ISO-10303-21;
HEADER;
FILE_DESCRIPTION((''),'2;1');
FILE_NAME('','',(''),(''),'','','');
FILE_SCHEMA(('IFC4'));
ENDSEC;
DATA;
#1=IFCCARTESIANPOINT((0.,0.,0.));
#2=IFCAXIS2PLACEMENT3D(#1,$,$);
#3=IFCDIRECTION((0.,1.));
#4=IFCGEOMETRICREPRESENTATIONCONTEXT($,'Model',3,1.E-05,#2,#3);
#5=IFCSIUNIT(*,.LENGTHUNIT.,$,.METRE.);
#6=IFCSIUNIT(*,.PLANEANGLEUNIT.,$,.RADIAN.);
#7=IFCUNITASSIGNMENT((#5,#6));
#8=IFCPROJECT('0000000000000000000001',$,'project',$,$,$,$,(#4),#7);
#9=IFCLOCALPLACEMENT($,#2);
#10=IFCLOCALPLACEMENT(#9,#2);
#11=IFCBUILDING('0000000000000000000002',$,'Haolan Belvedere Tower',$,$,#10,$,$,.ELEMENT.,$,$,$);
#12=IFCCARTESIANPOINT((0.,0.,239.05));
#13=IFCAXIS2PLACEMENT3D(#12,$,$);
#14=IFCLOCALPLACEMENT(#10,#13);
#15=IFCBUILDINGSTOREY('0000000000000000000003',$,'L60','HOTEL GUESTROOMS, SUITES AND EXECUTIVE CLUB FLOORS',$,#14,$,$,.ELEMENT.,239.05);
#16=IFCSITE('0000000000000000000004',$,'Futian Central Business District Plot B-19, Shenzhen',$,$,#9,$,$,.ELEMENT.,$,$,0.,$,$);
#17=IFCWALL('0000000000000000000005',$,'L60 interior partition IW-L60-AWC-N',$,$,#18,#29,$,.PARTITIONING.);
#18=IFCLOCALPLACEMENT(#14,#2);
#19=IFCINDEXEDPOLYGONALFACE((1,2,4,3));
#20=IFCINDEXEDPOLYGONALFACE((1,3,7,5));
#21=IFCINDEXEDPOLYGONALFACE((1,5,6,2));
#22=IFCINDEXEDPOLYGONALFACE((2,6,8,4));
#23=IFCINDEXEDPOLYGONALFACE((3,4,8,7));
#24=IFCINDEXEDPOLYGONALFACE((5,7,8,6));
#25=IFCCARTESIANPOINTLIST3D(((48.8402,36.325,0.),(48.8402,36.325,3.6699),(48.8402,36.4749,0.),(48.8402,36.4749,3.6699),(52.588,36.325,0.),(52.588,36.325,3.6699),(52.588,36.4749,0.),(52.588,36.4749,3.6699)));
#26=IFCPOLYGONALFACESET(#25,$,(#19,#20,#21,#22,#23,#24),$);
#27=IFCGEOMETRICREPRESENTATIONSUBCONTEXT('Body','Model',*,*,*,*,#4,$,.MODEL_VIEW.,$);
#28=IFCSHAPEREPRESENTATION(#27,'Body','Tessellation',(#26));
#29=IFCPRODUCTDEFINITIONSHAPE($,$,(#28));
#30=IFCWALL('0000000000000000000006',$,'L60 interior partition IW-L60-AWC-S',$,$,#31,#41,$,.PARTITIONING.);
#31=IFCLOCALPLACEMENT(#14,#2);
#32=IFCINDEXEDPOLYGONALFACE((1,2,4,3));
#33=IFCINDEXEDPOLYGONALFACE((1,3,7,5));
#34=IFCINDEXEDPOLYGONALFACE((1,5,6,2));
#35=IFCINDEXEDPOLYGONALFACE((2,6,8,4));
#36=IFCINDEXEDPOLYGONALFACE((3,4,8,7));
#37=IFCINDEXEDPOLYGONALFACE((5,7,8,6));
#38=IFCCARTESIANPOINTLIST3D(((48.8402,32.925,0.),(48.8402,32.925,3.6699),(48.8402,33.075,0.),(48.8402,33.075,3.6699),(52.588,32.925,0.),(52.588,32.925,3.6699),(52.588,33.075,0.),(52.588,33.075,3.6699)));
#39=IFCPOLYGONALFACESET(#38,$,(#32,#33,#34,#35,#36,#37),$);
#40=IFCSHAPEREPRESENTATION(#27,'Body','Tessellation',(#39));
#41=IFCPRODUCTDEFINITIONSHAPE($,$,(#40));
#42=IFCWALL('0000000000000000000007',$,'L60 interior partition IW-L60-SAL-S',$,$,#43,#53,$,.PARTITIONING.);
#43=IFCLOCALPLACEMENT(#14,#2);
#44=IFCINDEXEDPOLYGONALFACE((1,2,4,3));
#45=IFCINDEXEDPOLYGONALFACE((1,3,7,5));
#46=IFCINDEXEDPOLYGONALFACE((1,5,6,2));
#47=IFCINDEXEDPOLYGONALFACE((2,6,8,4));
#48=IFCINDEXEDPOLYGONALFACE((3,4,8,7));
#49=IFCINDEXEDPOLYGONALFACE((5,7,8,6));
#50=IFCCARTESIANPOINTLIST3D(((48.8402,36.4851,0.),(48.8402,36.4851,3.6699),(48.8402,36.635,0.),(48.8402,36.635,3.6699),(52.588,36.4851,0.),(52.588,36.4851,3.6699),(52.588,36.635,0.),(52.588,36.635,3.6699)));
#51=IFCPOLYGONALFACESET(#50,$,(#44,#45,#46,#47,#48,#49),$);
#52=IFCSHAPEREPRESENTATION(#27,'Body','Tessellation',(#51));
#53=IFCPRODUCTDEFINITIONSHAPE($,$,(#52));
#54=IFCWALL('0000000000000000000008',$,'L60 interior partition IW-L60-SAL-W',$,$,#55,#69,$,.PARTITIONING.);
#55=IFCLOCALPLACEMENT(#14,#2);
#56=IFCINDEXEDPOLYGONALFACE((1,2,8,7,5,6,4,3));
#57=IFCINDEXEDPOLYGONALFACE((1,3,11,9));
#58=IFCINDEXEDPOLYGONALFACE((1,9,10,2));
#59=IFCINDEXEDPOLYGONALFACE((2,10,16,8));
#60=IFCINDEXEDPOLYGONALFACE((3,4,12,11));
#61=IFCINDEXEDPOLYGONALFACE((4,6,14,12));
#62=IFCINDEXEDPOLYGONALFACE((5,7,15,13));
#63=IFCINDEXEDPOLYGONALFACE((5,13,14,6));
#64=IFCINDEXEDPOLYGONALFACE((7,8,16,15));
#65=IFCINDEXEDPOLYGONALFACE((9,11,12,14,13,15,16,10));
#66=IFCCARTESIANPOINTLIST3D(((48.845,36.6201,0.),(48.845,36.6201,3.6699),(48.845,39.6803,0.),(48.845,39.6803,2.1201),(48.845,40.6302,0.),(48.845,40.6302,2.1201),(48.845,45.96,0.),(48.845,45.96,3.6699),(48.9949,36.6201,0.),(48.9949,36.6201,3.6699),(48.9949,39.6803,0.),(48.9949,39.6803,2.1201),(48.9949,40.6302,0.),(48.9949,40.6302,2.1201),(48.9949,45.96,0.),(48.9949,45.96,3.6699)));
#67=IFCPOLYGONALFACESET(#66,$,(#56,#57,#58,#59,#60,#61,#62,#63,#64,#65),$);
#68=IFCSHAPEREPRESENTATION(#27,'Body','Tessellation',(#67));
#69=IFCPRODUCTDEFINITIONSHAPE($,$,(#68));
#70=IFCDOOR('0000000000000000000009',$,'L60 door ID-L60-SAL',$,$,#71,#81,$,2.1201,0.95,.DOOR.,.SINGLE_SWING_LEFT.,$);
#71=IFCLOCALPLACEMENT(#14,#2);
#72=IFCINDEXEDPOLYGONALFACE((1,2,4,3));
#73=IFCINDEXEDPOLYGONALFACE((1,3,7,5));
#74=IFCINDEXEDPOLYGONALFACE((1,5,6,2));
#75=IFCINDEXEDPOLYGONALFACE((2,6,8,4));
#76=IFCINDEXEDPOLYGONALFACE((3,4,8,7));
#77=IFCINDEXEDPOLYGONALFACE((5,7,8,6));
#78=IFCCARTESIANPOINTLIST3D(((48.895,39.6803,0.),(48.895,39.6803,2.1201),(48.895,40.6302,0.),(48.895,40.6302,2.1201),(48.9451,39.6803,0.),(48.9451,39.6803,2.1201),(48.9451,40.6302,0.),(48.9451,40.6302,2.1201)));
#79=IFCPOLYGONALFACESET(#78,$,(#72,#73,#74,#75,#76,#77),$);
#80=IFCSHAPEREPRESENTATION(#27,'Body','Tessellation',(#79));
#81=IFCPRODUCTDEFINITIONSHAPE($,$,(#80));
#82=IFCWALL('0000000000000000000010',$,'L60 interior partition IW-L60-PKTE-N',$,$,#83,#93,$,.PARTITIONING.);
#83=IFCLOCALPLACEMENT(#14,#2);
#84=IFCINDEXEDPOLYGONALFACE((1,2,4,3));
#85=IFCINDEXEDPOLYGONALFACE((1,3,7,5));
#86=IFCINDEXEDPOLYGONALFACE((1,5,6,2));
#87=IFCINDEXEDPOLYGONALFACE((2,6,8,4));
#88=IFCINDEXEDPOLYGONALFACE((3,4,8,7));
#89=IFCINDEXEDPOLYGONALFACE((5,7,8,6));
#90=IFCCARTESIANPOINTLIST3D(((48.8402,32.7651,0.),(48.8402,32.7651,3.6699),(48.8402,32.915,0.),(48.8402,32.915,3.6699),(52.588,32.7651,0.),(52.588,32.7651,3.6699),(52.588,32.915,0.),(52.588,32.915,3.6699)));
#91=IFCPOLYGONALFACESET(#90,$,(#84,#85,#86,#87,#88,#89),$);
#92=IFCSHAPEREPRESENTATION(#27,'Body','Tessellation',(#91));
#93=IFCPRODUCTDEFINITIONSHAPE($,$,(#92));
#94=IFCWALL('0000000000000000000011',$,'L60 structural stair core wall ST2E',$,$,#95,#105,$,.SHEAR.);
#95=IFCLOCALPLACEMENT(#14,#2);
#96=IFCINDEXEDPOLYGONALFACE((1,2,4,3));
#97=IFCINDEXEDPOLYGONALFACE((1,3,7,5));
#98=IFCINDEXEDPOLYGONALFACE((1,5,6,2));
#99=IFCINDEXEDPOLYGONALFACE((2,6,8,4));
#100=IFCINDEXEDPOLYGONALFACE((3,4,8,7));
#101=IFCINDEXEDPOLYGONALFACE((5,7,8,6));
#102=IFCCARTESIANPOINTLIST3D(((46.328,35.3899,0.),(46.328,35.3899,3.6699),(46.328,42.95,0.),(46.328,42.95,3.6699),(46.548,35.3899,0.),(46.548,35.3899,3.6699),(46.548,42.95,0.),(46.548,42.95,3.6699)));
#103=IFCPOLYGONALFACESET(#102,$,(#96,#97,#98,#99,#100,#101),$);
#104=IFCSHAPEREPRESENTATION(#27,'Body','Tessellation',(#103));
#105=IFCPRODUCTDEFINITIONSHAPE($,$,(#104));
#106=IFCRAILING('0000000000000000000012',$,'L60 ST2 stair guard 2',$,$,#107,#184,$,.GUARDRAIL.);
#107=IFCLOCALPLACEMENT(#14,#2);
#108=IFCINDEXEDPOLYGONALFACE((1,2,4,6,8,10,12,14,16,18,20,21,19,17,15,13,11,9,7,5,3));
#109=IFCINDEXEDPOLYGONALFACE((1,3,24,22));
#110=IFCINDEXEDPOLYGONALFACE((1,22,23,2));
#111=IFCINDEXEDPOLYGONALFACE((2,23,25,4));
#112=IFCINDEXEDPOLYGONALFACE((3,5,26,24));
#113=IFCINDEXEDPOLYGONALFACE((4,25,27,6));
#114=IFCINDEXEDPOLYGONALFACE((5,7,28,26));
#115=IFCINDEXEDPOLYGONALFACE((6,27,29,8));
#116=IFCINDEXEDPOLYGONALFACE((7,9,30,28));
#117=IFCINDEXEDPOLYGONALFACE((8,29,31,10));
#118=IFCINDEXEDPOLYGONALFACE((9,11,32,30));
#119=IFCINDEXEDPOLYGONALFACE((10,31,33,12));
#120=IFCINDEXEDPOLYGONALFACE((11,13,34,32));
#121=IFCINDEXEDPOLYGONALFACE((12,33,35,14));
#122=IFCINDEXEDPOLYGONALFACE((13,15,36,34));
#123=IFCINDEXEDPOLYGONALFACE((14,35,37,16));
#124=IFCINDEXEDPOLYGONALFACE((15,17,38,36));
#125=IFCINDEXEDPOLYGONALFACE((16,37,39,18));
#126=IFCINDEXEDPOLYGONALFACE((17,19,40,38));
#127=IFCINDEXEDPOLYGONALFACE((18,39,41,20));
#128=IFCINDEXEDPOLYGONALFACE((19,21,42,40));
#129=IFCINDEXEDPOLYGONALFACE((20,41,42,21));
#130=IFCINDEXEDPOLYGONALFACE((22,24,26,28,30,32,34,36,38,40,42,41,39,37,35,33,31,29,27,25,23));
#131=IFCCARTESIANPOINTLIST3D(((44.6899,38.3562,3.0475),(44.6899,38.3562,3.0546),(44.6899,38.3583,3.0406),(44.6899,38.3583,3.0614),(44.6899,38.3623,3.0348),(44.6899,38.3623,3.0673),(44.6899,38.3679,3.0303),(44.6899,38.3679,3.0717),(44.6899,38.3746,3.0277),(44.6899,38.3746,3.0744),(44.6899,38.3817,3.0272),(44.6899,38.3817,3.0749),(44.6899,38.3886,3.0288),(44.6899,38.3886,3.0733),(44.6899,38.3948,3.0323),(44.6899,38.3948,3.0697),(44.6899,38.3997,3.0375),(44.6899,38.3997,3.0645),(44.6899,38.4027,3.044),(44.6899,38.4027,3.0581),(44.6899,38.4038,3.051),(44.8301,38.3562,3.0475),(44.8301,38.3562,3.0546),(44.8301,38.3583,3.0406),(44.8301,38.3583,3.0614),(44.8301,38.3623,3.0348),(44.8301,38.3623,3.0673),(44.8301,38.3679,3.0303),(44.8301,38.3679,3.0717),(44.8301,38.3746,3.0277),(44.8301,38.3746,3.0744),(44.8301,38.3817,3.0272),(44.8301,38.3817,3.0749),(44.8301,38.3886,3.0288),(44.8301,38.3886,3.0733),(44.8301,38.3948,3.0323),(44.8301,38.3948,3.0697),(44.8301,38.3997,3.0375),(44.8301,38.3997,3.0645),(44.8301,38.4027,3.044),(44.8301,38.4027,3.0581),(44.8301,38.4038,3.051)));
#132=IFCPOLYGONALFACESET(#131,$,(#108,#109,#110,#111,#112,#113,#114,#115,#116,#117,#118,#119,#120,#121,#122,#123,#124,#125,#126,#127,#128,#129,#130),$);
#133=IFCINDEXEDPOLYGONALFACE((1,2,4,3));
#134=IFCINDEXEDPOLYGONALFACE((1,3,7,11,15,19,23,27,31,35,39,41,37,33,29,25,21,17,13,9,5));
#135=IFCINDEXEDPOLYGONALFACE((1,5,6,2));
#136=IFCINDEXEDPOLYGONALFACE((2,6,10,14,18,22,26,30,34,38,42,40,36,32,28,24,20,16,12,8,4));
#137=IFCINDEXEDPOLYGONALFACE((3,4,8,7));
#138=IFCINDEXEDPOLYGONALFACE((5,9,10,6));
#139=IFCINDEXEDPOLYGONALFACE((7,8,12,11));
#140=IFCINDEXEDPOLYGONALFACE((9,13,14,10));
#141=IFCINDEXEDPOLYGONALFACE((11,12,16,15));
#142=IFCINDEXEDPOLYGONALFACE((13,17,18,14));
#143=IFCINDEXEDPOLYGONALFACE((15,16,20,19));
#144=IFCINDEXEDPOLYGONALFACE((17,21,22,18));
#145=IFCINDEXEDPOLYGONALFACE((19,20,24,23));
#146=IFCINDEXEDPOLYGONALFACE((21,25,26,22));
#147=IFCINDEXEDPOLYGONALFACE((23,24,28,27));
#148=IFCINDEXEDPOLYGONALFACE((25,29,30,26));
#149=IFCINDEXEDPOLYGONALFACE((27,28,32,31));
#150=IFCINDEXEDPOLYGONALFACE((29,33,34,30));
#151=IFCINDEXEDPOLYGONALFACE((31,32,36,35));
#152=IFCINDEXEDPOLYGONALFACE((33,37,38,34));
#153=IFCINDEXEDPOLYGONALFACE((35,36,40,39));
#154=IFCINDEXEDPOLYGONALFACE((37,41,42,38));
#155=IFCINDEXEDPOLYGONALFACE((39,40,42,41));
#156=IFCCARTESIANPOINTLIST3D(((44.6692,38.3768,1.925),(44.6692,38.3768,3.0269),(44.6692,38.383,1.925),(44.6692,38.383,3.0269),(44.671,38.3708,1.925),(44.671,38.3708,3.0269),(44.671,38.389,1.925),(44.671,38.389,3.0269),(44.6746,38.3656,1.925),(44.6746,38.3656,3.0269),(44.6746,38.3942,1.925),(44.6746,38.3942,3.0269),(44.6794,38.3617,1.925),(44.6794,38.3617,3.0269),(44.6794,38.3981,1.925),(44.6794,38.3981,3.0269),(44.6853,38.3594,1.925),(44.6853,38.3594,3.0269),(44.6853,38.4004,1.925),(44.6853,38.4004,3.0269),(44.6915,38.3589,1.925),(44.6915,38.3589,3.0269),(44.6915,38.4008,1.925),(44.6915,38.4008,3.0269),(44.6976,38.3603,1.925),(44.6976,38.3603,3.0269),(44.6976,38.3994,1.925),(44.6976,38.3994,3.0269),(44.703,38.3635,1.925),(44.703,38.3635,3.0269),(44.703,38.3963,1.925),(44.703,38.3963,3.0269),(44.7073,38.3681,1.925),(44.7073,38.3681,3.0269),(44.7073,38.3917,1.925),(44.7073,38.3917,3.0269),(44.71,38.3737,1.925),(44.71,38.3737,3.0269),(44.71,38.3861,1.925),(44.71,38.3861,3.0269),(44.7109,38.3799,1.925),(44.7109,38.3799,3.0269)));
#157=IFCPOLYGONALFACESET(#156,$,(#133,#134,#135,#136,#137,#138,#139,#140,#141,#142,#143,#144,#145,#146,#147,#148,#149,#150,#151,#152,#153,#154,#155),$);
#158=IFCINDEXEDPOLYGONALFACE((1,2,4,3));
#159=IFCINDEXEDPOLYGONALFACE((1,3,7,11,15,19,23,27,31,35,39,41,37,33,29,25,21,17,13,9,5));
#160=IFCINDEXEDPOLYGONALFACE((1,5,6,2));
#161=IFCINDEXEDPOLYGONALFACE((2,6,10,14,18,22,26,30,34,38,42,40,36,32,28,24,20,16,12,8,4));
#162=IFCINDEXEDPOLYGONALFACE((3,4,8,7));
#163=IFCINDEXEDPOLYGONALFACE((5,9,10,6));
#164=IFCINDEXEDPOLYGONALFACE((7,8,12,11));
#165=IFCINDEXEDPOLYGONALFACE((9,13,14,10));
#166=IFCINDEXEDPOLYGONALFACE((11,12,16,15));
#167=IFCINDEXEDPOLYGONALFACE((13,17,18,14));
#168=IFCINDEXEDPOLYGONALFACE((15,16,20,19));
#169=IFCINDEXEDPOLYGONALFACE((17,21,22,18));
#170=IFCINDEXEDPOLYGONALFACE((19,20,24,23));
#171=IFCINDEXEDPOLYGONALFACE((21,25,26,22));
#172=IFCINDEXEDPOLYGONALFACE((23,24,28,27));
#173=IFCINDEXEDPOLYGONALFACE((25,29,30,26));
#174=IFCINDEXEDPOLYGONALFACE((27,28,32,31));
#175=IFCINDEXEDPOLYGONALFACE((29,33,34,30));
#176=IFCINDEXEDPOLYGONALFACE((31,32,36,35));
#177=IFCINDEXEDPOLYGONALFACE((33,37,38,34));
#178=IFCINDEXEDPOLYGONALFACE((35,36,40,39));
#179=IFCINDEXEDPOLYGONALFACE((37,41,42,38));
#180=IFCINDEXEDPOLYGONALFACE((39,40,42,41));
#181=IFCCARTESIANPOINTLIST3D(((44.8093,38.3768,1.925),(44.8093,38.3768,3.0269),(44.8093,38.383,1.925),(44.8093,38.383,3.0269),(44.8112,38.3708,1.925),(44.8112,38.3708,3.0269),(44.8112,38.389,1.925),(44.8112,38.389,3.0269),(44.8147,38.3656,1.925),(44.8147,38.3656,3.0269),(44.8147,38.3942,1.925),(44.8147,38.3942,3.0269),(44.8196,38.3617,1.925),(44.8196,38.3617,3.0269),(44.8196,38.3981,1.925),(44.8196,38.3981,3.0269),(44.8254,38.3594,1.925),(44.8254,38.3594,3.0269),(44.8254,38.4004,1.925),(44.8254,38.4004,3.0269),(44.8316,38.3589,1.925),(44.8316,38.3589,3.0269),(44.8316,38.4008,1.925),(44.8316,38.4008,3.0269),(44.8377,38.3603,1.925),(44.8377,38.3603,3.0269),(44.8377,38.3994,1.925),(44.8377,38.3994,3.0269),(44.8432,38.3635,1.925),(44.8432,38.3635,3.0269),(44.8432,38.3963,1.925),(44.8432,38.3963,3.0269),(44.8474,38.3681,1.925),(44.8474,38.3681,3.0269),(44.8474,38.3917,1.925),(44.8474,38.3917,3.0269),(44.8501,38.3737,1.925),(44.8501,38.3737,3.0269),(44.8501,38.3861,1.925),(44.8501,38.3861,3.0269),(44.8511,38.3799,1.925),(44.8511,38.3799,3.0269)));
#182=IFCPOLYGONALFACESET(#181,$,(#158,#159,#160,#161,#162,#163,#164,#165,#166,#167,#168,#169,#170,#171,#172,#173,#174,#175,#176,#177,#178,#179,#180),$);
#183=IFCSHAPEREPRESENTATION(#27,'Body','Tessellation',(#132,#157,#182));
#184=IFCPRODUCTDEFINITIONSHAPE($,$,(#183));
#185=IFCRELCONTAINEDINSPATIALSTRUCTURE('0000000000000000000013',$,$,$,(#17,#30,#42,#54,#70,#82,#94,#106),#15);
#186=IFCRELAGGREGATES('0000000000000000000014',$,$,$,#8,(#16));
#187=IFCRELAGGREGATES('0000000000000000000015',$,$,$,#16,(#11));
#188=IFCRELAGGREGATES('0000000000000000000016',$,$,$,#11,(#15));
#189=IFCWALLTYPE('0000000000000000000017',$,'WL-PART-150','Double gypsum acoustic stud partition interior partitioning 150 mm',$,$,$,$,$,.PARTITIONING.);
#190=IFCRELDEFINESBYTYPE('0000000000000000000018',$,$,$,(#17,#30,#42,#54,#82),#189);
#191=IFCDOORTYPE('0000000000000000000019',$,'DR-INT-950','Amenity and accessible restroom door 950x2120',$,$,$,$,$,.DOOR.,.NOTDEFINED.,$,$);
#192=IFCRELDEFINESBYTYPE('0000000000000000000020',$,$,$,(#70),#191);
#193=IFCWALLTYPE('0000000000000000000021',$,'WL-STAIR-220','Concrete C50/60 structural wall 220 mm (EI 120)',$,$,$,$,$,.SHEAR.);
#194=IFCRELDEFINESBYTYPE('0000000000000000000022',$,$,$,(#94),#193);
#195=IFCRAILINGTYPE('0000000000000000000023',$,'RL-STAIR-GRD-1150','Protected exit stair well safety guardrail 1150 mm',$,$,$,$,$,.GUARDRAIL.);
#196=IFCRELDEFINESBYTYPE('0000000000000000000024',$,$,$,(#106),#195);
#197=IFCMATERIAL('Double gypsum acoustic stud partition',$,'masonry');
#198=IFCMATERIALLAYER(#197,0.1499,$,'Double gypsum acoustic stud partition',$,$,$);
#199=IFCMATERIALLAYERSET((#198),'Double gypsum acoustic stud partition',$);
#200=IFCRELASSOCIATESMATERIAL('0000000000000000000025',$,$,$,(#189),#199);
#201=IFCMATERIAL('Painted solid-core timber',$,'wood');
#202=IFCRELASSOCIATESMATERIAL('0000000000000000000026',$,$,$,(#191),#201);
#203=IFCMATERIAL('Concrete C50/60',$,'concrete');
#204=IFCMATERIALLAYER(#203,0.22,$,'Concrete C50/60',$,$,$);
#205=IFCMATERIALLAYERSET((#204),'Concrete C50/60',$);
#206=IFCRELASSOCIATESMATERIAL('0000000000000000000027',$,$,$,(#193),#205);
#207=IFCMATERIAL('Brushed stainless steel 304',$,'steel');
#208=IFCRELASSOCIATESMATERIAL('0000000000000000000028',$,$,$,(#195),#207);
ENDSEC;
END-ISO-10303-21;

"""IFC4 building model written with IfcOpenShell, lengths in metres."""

from ifc_helpers import new_model, si_unit, direction, frame, frame_2d, origin, origin_2d, place, context, subcontext, project, spatial, rectangle, circle, extrude, material, layer, layer_set, type_object, element, fill, save


model = new_model("IFC4")

# Units and contexts
model_context = context("Model", 3, precision=1e-05, world=origin(), true_north=direction((0.0, 1.0)))
body_context = subcontext(model_context, "Body", "Model", "MODEL_VIEW")
ifc_project = project(units=[si_unit("LENGTHUNIT", "METRE"), si_unit("PLANEANGLEUNIT", "RADIAN")], contexts=[model_context])

# Site, building, storey
site_placement = place(None, origin())
site = spatial("IfcSite", under=ifc_project, at=site_placement, Name="Futian Central Business District Plot B-19, Shenzhen", CompositionType="ELEMENT", RefElevation=0.0)
building_placement = place(site_placement, origin())
building = spatial("IfcBuilding", under=site, at=building_placement, Name="Haolan Belvedere Tower", CompositionType="ELEMENT")
storey_placement = place(building_placement, frame((0.0, 0.0, 239.05)))
storey = spatial("IfcBuildingStorey", under=building, at=storey_placement, Name="L60", Description="HOTEL GUESTROOMS, SUITES AND EXECUTIVE CLUB FLOORS", CompositionType="ELEMENT", Elevation=239.05)

# Shared definitions
ifc_material_1 = material(Name="Concrete C50/60", Category="concrete")

# Walls
ifc_material_2 = material(Name="Double gypsum acoustic stud partition", Category="masonry")
ifc_layer_1 = layer(ifc_material_2, 0.1499, Name="Double gypsum acoustic stud partition")
ifc_layer_set_1 = layer_set([ifc_layer_1], Name="Double gypsum acoustic stud partition")
wall_type_1 = type_object("IfcWallType", Name="WL-PART-150", Description="Double gypsum acoustic stud partition interior partitioning 150 mm", PredefinedType="PARTITIONING", material=ifc_layer_set_1)
for number, where, z_axis, x_axis, name in (
    (1, (48.8401, 36.3999, 0.0), (0.0, 0.0, 1.0), (1.0, 0.0, 0.0), "L60 interior partition IW-L60-AWC-N"),
    (2, (48.8401, 33.0, 0.0), (0.0, 0.0, 1.0), (1.0, 0.0, 0.0), "L60 interior partition IW-L60-AWC-S"),
):
    element("IfcWall", number, at=place(storey_placement, frame(where, z_axis=z_axis, x_axis=x_axis)), inside=storey, type_object=wall_type_1, Name=name, PredefinedType="PARTITIONING", context=body_context, shape_type="SweptSolid", body=[
        extrude(rectangle(XDim=3.7478, YDim=0.1499, at=frame_2d((1.874, 0.0))), origin(), (0.0, 0.0, 1.0), 3.6699),
    ])

# Shared definitions
ifc_material_3 = material(Name="Painted solid-core timber", Category="wood")
door_type = type_object("IfcDoorType", Name="DR-INT-950", Description="Amenity and accessible restroom door 950x2120", OperationType="NOTDEFINED", PredefinedType="DOOR", material=ifc_material_3)

# Wall
wall_1_placement = place(storey_placement, frame((48.8401, 36.5601, 0.0), z_axis=(0.0, 0.0, 1.0), x_axis=(1.0, 0.0, 0.0)))
element("IfcWall", 3, at=wall_1_placement, inside=storey, type_object=wall_type_1, Name="L60 interior partition IW-L60-SAL-S", PredefinedType="PARTITIONING", context=body_context, shape_type="SweptSolid", body=[
    extrude(rectangle(XDim=3.7478, YDim=0.1499, at=frame_2d((1.874, 0.0))), origin(), (0.0, 0.0, 1.0), 3.6699),
])

# Wall, opening, door
wall_2_placement = place(storey_placement, frame((48.9199, 36.6201, 0.0), z_axis=(0.0, 0.0, 1.0), x_axis=(0.0, 1.0, 0.0)))
wall_2 = element("IfcWall", 4, at=wall_2_placement, inside=storey, type_object=wall_type_1, Name="L60 interior partition IW-L60-SAL-W", PredefinedType="PARTITIONING", context=body_context, shape_type="SweptSolid", body=[
    extrude(rectangle(XDim=9.3398, YDim=0.1499, at=frame_2d((4.6699, 0.0))), origin(), (0.0, 0.0, 1.0), 3.6699),
])
opening_1_placement = place(wall_2_placement, frame((3.0601, 0.0, 0.0)))
opening_1 = element("IfcOpeningElement", 5, at=opening_1_placement, cuts=wall_2, PredefinedType="OPENING", context=body_context, shape_type="SweptSolid", body=[
    extrude(rectangle(XDim=0.95, YDim=2.1201, at=frame_2d((0.4751, 1.0601))), frame((0.0, 0.085, 0.0), z_axis=(0.0, -1.0, 0.0), x_axis=(1.0, 0.0, 0.0)), (0.0, 0.0, 1.0), 0.1699),
])
door_1_placement = place(opening_1_placement, origin())
door_1 = element("IfcDoor", 6, at=door_1_placement, inside=storey, type_object=door_type, Name="L60 door ID-L60-SAL", OperationType="SINGLE_SWING_LEFT", OverallHeight=2.1201, OverallWidth=0.95, PredefinedType="DOOR", context=body_context, shape_type="SweptSolid", body=[
    extrude(rectangle(XDim=0.95, YDim=2.1201, at=frame_2d((0.4751, 1.0601))), frame((0.0, 0.0249, 0.0), z_axis=(0.0, -1.0, 0.0), x_axis=(1.0, 0.0, 0.0)), (0.0, 0.0, 1.0), 0.05),
])
fill(opening_1, door_1)

# Walls
wall_3_placement = place(storey_placement, frame((48.8401, 32.8401, 0.0), z_axis=(0.0, 0.0, 1.0), x_axis=(1.0, 0.0, 0.0)))
element("IfcWall", 7, at=wall_3_placement, inside=storey, type_object=wall_type_1, Name="L60 interior partition IW-L60-PKTE-N", PredefinedType="PARTITIONING", context=body_context, shape_type="SweptSolid", body=[
    extrude(rectangle(XDim=3.7478, YDim=0.1499, at=frame_2d((1.874, 0.0))), origin(), (0.0, 0.0, 1.0), 3.6699),
])
ifc_layer_2 = layer(ifc_material_1, 0.22, Name="Concrete C50/60")
ifc_layer_set_2 = layer_set([ifc_layer_2], Name="Concrete C50/60")
wall_type_2 = type_object("IfcWallType", Name="WL-STAIR-220", Description="Concrete C50/60 structural wall 220 mm (EI 120)", PredefinedType="SHEAR", material=ifc_layer_set_2)
wall_4_placement = place(storey_placement, frame((46.438, 35.3899, 0.0), z_axis=(0.0, 0.0, 1.0), x_axis=(0.0, 1.0, 0.0)))
element("IfcWall", 8, at=wall_4_placement, inside=storey, type_object=wall_type_2, Name="L60 structural stair core wall ST2E", PredefinedType="SHEAR", context=body_context, shape_type="SweptSolid", body=[
    extrude(rectangle(XDim=7.5601, YDim=0.22, at=frame_2d((3.78, 0.0))), origin(), (0.0, 0.0, 1.0), 3.6699),
])

# Railing
ifc_material_4 = material(Name="Brushed stainless steel 304", Category="steel")
railing_type = type_object("IfcRailingType", Name="RL-STAIR-GRD-1150", Description="Protected exit stair well safety guardrail 1150 mm", PredefinedType="GUARDRAIL", material=ifc_material_4)
railing_placement = place(storey_placement, frame((44.6899, 38.3799, 1.925)))
element("IfcRailing", 9, at=railing_placement, inside=storey, type_object=railing_type, Name="L60 ST2 stair guard 2", PredefinedType="GUARDRAIL", context=body_context, shape_type="SweptSolid", body=[
    extrude(circle(Radius=0.0239, at=origin_2d()), frame((0.0, 0.0, 1.126), z_axis=(1.0, 0.0, 0.0), x_axis=(0.0, 1.0, 0.0)), (0.0, 0.0, 1.0), 0.1401),
    extrude(circle(Radius=0.021, at=origin_2d()), origin(), (0.0, 0.0, 1.0), 1.1018),
    extrude(circle(Radius=0.021, at=origin_2d()), frame((0.1401, 0.0, 0.0)), (0.0, 0.0, 1.0), 1.1018),
])

save(model, "model.ifc")
